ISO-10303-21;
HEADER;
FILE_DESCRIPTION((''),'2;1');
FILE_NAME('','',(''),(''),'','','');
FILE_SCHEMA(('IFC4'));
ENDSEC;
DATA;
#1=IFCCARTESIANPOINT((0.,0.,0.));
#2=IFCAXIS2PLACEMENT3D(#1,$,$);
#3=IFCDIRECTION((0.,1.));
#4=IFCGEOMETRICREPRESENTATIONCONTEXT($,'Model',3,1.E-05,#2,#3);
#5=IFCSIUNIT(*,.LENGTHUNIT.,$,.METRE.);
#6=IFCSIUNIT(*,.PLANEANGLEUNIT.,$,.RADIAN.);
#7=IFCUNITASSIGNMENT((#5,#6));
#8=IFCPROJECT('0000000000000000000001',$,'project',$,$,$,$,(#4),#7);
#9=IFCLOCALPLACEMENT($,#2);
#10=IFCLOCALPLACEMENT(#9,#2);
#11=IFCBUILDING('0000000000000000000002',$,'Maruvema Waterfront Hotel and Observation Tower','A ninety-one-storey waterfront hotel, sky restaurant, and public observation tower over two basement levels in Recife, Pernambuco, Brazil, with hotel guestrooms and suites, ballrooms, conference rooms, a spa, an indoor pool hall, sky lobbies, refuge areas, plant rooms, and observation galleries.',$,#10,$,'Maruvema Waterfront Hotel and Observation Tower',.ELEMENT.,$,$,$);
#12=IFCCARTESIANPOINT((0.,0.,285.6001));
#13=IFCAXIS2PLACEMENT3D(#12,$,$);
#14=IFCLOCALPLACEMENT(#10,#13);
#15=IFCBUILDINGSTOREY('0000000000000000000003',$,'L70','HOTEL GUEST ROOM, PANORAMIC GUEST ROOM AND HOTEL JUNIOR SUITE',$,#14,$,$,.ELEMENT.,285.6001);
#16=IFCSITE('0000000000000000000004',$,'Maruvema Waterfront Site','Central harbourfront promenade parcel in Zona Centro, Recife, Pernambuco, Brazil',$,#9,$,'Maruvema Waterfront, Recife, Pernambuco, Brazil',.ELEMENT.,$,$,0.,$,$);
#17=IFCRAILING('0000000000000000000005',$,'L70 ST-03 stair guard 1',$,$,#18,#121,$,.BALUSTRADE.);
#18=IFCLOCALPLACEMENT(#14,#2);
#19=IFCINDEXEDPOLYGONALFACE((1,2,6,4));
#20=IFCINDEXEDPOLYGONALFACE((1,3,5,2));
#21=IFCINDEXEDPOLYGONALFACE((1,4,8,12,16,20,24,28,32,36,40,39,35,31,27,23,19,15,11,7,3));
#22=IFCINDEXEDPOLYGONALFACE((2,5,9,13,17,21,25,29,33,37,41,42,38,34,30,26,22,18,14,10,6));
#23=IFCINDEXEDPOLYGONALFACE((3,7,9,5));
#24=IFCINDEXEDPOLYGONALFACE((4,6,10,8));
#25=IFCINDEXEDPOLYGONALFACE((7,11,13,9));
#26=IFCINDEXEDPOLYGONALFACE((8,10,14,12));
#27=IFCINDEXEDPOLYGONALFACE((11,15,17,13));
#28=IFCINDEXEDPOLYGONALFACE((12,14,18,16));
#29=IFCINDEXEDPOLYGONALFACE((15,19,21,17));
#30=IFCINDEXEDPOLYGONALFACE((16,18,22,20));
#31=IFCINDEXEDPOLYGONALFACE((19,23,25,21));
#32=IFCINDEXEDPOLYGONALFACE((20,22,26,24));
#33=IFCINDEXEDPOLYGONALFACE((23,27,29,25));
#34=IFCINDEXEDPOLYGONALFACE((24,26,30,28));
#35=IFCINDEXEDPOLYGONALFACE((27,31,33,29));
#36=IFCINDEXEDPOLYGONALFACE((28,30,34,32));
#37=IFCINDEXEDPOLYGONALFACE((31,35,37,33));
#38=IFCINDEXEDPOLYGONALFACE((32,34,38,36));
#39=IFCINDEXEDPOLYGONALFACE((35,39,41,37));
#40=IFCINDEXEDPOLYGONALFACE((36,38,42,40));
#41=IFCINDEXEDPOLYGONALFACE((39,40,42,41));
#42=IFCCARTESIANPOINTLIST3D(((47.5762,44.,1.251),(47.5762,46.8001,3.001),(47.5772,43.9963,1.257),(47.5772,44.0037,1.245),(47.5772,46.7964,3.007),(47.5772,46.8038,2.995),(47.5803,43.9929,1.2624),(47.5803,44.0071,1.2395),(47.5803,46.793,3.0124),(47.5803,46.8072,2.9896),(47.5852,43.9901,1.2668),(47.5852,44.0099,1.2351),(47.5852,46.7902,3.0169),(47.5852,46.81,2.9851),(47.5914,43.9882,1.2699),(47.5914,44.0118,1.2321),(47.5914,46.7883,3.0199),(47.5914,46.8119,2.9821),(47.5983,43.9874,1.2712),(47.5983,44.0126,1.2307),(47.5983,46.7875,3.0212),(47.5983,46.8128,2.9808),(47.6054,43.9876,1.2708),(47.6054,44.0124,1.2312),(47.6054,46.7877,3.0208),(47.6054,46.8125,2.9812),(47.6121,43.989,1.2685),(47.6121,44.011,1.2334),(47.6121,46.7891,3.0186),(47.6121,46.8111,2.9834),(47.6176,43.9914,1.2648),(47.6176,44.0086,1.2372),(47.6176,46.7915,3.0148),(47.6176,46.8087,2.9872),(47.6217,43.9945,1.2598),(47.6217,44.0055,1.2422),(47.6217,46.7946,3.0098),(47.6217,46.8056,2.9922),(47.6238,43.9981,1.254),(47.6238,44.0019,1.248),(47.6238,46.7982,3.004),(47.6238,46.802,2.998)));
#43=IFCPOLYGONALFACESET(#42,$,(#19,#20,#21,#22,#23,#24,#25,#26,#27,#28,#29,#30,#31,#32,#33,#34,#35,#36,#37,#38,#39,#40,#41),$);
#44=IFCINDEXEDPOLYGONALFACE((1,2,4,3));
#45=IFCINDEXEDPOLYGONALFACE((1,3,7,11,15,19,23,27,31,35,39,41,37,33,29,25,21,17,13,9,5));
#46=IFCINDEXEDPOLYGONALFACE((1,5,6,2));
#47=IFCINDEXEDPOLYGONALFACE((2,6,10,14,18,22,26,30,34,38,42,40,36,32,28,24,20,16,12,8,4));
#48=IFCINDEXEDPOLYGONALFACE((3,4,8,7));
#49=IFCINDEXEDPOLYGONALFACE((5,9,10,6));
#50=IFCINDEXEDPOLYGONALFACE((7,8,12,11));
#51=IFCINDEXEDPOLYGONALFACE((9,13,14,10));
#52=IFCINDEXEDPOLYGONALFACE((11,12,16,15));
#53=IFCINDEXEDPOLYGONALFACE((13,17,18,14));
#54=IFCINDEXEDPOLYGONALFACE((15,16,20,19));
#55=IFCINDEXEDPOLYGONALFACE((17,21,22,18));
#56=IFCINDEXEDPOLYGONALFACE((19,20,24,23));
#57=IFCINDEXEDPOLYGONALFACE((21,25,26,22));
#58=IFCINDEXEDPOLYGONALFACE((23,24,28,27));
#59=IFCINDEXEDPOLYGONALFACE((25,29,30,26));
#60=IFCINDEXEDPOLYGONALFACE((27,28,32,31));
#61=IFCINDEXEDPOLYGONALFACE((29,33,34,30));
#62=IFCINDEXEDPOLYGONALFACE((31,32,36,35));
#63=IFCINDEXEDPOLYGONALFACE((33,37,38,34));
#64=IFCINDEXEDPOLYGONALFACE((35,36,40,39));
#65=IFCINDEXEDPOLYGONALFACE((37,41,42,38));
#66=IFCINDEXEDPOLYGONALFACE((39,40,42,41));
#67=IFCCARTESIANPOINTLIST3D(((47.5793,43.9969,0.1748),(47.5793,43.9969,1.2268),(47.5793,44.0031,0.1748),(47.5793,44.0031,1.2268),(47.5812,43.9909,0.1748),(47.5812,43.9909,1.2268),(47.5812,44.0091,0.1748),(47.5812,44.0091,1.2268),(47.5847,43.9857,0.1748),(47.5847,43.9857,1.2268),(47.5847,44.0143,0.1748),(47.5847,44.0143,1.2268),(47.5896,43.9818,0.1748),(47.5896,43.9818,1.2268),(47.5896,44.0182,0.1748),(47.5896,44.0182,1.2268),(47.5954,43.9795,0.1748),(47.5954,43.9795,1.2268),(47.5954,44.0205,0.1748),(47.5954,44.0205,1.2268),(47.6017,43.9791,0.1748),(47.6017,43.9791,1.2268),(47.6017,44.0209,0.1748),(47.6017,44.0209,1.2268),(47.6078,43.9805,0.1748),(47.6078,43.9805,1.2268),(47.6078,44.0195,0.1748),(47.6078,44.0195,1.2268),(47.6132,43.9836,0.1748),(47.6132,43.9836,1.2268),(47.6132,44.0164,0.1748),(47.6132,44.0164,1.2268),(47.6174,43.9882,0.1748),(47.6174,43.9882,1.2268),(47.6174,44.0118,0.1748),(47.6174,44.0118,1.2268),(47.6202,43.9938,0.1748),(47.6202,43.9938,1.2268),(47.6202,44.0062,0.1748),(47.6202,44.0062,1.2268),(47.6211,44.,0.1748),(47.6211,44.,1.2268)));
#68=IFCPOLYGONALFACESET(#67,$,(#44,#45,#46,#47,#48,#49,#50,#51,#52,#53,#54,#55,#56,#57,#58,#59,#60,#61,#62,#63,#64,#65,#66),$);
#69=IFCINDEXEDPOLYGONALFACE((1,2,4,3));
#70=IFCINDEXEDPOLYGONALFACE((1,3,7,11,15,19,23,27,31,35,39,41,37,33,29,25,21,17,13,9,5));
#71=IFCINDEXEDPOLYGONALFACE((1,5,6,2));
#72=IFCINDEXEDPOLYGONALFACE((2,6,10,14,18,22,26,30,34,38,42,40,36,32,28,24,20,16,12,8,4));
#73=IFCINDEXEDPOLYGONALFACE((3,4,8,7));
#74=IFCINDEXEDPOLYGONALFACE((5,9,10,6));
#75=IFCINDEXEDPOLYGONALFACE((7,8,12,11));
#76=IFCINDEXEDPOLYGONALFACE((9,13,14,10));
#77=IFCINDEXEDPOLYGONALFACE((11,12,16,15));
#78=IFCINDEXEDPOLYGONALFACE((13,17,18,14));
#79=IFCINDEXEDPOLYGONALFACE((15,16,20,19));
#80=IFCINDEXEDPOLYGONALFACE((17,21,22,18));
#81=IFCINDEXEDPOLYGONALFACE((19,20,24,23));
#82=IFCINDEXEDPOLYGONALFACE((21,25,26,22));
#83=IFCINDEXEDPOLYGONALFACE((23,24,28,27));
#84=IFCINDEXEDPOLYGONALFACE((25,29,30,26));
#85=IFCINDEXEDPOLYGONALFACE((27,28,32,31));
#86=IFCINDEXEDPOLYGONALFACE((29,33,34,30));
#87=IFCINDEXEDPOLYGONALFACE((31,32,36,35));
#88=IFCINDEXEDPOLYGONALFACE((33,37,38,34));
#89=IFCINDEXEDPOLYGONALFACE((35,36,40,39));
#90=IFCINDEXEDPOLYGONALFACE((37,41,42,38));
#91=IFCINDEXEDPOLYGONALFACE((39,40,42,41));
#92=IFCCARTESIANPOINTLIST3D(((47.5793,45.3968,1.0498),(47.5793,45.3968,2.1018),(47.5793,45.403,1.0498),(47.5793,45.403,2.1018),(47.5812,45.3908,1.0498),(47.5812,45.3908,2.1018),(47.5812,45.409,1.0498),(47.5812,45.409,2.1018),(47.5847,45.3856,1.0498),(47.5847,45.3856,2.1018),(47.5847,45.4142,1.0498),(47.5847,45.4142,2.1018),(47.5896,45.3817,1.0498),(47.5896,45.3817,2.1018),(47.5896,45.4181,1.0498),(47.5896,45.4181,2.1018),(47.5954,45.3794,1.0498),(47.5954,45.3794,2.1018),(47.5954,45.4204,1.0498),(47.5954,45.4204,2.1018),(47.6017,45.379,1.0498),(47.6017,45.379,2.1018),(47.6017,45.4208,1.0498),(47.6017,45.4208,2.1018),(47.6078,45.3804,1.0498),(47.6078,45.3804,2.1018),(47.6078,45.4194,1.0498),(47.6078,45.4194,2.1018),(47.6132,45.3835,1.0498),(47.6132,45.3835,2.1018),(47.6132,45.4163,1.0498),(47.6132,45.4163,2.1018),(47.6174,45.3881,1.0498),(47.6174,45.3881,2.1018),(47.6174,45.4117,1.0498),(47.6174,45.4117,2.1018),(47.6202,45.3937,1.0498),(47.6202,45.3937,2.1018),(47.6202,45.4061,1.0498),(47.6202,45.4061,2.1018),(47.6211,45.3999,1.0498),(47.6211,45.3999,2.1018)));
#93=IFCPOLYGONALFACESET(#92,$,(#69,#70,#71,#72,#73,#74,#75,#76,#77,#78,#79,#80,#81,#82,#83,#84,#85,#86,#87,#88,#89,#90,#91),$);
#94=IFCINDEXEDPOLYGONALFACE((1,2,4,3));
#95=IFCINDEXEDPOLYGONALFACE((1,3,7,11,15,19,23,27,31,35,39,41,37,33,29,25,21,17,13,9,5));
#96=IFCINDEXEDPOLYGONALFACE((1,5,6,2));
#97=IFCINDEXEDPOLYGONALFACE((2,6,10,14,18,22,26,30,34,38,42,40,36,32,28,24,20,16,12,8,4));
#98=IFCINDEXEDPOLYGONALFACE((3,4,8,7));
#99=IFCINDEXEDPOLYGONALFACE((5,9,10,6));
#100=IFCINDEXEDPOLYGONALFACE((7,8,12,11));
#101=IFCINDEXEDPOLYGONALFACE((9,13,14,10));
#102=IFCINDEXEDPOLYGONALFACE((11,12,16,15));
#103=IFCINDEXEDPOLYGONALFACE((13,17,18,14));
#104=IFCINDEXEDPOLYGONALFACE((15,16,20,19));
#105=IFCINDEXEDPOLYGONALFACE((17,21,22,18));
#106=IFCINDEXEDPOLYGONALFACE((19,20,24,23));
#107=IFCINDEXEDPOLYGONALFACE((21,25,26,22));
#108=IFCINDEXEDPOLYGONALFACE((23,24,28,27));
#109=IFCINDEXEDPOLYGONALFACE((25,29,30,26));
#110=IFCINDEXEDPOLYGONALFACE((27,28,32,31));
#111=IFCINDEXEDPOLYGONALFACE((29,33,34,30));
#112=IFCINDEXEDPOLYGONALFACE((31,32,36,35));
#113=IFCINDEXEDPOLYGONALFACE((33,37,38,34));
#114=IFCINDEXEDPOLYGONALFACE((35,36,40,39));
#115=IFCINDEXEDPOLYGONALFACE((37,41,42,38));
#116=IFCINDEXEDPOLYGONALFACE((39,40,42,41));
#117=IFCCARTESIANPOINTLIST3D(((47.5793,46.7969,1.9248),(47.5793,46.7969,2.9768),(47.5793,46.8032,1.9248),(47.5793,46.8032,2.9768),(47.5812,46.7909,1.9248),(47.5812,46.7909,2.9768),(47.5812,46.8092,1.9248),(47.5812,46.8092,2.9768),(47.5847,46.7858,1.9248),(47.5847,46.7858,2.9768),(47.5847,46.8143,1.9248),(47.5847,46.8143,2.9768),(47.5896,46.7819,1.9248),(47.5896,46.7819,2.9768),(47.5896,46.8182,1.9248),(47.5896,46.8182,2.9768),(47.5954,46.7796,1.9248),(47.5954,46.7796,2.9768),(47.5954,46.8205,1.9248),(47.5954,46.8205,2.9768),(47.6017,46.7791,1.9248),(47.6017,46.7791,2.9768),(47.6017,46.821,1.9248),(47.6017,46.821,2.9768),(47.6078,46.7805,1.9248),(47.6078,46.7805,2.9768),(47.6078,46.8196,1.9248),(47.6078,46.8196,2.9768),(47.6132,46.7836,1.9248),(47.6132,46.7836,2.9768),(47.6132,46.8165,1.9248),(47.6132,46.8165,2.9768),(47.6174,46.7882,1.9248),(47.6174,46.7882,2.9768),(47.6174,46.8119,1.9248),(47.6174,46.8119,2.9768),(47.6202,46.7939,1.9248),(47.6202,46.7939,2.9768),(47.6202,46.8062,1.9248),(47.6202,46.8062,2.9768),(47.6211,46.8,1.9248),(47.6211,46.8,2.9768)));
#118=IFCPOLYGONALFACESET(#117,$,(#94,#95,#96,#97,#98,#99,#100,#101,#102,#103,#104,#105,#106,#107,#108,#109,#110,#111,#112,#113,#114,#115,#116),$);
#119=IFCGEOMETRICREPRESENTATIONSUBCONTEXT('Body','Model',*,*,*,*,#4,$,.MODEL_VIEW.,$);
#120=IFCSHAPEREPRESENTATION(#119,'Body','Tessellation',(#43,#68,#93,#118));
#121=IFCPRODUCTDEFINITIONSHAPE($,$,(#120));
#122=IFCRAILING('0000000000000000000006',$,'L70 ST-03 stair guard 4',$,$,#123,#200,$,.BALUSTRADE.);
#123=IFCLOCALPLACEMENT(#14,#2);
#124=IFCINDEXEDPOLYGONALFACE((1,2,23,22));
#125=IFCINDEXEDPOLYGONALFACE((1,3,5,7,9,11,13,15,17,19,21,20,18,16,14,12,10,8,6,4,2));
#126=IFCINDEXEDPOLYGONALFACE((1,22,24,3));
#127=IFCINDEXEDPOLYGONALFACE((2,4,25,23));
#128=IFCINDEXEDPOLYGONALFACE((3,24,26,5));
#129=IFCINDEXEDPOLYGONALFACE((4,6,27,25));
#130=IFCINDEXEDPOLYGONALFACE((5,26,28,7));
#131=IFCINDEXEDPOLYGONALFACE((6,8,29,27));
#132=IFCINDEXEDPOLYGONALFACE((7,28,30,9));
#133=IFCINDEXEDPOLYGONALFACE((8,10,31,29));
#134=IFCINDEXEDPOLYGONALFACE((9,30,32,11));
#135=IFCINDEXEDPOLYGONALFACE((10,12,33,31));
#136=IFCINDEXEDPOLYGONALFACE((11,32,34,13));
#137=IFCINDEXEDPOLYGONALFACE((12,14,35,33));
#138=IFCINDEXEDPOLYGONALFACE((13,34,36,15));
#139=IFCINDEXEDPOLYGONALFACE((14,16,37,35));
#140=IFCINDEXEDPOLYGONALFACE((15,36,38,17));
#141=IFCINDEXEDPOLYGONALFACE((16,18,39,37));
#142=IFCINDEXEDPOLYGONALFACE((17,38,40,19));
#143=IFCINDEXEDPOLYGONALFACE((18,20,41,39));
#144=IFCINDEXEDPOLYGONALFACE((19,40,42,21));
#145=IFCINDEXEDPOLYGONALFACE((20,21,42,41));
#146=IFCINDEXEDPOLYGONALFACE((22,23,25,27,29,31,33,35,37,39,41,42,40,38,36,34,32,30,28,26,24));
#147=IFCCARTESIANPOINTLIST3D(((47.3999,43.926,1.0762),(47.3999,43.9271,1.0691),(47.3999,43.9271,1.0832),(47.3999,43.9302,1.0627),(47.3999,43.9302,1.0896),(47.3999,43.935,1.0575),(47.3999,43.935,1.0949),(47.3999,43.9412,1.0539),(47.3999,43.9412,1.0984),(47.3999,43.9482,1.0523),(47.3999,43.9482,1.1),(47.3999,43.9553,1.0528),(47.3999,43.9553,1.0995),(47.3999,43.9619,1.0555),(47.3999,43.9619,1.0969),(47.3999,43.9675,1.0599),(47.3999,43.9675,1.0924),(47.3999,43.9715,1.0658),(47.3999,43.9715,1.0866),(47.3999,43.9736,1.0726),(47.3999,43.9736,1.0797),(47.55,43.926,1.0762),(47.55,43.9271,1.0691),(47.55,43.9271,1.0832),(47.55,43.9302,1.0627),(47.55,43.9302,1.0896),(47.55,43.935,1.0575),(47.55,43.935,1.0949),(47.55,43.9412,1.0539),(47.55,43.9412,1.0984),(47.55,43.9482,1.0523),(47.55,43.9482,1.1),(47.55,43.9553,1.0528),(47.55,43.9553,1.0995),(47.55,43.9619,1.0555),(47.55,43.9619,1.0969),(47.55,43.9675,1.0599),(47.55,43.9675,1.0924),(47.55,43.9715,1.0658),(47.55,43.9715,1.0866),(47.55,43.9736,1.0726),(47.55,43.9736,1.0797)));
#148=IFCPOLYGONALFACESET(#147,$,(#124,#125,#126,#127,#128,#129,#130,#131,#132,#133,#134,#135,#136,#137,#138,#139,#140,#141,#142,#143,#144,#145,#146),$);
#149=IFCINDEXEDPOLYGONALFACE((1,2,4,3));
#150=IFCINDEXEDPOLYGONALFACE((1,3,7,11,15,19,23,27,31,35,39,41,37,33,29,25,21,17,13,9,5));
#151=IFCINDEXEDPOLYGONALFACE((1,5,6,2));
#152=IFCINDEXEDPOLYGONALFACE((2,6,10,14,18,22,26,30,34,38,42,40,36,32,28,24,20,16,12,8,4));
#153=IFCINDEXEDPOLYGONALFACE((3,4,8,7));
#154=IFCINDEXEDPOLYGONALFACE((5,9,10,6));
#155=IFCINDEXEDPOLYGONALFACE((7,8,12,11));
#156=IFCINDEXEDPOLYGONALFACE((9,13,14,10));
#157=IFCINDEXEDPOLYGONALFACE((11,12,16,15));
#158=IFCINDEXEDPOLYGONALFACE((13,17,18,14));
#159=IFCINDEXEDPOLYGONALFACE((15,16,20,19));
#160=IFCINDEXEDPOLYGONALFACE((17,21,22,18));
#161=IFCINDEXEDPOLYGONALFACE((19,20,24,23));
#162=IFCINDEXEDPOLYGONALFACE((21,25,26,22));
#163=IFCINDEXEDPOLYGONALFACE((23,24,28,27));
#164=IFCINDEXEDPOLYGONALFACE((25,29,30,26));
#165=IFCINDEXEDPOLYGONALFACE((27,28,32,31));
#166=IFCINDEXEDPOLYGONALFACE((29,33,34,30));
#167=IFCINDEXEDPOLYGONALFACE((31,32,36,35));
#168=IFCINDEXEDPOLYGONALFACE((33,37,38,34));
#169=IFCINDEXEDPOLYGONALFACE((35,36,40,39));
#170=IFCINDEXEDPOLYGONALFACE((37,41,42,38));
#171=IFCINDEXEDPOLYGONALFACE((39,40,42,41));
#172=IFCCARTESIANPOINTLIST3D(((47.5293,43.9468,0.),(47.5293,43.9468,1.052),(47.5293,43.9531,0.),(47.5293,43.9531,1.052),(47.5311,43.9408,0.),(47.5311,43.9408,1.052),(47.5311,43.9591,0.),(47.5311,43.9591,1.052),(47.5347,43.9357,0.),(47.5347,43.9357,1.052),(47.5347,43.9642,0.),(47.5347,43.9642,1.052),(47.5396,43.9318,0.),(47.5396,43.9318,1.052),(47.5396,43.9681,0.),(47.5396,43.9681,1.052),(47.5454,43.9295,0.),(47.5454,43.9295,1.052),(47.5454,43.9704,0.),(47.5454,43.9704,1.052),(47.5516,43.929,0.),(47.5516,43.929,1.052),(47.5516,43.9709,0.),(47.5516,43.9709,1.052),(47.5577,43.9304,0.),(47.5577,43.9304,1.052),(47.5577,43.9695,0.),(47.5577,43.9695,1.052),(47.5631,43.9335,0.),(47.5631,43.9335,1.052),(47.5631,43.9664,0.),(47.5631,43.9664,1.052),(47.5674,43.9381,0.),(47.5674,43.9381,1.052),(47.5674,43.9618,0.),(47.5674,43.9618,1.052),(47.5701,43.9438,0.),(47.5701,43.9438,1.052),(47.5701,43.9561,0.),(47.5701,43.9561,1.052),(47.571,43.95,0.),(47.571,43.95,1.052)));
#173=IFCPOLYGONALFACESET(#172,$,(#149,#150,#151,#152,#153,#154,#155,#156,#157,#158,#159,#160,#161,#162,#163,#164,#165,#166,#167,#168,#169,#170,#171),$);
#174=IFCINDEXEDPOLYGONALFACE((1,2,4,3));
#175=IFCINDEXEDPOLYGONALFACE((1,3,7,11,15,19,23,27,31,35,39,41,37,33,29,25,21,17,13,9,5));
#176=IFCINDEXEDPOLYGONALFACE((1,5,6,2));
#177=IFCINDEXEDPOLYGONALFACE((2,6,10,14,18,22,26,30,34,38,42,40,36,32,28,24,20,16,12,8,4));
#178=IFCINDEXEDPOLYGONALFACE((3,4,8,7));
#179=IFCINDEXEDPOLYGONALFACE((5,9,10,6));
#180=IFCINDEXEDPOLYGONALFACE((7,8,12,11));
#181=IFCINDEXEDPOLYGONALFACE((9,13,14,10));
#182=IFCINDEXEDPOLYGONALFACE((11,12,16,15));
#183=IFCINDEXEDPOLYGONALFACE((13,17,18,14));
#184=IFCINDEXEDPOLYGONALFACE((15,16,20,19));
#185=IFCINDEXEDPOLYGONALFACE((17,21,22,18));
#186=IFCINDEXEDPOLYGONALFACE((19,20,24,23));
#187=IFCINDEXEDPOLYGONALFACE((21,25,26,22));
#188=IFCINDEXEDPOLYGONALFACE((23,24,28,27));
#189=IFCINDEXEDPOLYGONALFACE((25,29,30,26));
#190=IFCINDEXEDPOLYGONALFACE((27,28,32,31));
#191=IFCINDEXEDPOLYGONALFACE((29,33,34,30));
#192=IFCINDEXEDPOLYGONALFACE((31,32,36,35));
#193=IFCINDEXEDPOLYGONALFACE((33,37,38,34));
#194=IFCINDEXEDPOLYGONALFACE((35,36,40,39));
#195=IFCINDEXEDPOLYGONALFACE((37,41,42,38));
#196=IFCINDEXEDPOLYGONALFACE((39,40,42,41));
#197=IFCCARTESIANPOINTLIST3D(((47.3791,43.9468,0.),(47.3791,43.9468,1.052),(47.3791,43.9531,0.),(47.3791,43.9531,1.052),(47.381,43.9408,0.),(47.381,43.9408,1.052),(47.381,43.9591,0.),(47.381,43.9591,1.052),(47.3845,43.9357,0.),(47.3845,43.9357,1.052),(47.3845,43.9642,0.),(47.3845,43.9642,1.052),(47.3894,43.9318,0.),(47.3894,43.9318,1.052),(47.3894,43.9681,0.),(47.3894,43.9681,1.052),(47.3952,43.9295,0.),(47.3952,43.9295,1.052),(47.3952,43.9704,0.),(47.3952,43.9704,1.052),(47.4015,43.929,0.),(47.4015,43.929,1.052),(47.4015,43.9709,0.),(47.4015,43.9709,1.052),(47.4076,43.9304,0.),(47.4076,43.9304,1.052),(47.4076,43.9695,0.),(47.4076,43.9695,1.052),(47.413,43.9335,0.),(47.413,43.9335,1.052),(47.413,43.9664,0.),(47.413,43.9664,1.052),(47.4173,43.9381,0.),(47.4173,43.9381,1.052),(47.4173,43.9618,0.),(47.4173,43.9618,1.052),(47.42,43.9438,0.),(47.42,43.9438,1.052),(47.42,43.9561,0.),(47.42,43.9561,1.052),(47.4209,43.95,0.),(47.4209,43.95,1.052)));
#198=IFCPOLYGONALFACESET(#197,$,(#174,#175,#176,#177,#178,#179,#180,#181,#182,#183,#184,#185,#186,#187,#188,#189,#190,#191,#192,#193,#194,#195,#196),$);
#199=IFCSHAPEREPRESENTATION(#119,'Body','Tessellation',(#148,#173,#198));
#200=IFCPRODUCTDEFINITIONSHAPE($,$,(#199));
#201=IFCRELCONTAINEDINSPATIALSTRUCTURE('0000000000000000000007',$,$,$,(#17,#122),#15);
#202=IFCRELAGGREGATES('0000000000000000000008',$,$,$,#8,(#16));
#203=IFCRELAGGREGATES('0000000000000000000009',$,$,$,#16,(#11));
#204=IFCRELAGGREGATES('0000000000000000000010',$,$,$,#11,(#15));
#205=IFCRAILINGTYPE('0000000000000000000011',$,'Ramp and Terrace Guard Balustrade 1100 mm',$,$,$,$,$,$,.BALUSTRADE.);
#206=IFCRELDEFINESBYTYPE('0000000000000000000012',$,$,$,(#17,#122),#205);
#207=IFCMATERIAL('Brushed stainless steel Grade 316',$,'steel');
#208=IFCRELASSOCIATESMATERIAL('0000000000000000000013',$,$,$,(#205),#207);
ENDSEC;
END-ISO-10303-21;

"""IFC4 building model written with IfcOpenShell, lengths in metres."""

from ifc_helpers import new_model, si_unit, direction, frame, origin, origin_2d, place, context, subcontext, project, spatial, circle, extrude, material, type_object, element, save


model = new_model("IFC4")

# Units and contexts
model_context = context("Model", 3, precision=1e-05, world=origin(), true_north=direction((0.0, 1.0)))
body_context = subcontext(model_context, "Body", "Model", "MODEL_VIEW")
ifc_project = project(units=[si_unit("LENGTHUNIT", "METRE"), si_unit("PLANEANGLEUNIT", "RADIAN")], contexts=[model_context])

# Site, building, storey
site_placement = place(None, origin())
site = spatial("IfcSite", under=ifc_project, at=site_placement, Name="Maruvema Waterfront Site", Description="Central harbourfront promenade parcel in Zona Centro, Recife, Pernambuco, Brazil", LongName="Maruvema Waterfront, Recife, Pernambuco, Brazil", CompositionType="ELEMENT", RefElevation=0.0)
building_placement = place(site_placement, origin())
building = spatial("IfcBuilding", under=site, at=building_placement, Name="Maruvema Waterfront Hotel and Observation Tower", Description="A ninety-one-storey waterfront hotel, sky restaurant, and public observation tower over two basement levels in Recife, Pernambuco, Brazil, with hotel guestrooms and suites, ballrooms, conference rooms, a spa, an indoor pool hall, sky lobbies, refuge areas, plant rooms, and observation galleries.", LongName="Maruvema Waterfront Hotel and Observation Tower", CompositionType="ELEMENT")
storey_placement = place(building_placement, frame((0.0, 0.0, 285.6001)))
storey = spatial("IfcBuildingStorey", under=building, at=storey_placement, Name="L70", Description="HOTEL GUEST ROOM, PANORAMIC GUEST ROOM AND HOTEL JUNIOR SUITE", CompositionType="ELEMENT", Elevation=285.6001)

# Railings
ifc_material_1 = material(Name="Brushed stainless steel Grade 316", Category="steel")
railing_type_1 = type_object("IfcRailingType", Name="Ramp and Terrace Guard Balustrade 1100 mm", PredefinedType="BALUSTRADE", material=ifc_material_1)
railing_1_placement = place(storey_placement, frame((47.6001, 44.0, 0.1748)))
element("IfcRailing", 1, at=railing_1_placement, inside=storey, type_object=railing_type_1, Name="L70 ST-03 stair guard 1", PredefinedType="BALUSTRADE", context=body_context, shape_type="SweptSolid", body=[
    extrude(circle(Radius=0.0239, at=origin_2d()), frame((0.0, 0.0, 1.0762), z_axis=(0.0, 0.848002, 0.529992), x_axis=(-1.0, 0.0, 0.0)), (0.0, 0.0, 1.0), 3.302),
    extrude(circle(Radius=0.021, at=origin_2d()), origin(), (0.0, 0.0, 1.0), 1.052),
    extrude(circle(Radius=0.021, at=origin_2d()), frame((0.0, 1.3999, 0.875)), (0.0, 0.0, 1.0), 1.052),
    extrude(circle(Radius=0.021, at=origin_2d()), frame((0.0, 2.8, 1.75)), (0.0, 0.0, 1.0), 1.052),
])
railing_2_placement = place(storey_placement, frame((47.55, 43.95, 0.0)))
element("IfcRailing", 2, at=railing_2_placement, inside=storey, type_object=railing_type_1, Name="L70 ST-03 stair guard 4", PredefinedType="BALUSTRADE", context=body_context, shape_type="SweptSolid", body=[
    extrude(circle(Radius=0.0239, at=origin_2d()), frame((0.0, 0.0, 1.0762), z_axis=(-1.0, 0.0, 0.0), x_axis=(0.0, -1.0, 0.0)), (0.0, 0.0, 1.0), 0.1501),
    extrude(circle(Radius=0.021, at=origin_2d()), origin(), (0.0, 0.0, 1.0), 1.052),
    extrude(circle(Radius=0.021, at=origin_2d()), frame((-0.1501, 0.0, 0.0)), (0.0, 0.0, 1.0), 1.052),
])

save(model, "model.ifc")
